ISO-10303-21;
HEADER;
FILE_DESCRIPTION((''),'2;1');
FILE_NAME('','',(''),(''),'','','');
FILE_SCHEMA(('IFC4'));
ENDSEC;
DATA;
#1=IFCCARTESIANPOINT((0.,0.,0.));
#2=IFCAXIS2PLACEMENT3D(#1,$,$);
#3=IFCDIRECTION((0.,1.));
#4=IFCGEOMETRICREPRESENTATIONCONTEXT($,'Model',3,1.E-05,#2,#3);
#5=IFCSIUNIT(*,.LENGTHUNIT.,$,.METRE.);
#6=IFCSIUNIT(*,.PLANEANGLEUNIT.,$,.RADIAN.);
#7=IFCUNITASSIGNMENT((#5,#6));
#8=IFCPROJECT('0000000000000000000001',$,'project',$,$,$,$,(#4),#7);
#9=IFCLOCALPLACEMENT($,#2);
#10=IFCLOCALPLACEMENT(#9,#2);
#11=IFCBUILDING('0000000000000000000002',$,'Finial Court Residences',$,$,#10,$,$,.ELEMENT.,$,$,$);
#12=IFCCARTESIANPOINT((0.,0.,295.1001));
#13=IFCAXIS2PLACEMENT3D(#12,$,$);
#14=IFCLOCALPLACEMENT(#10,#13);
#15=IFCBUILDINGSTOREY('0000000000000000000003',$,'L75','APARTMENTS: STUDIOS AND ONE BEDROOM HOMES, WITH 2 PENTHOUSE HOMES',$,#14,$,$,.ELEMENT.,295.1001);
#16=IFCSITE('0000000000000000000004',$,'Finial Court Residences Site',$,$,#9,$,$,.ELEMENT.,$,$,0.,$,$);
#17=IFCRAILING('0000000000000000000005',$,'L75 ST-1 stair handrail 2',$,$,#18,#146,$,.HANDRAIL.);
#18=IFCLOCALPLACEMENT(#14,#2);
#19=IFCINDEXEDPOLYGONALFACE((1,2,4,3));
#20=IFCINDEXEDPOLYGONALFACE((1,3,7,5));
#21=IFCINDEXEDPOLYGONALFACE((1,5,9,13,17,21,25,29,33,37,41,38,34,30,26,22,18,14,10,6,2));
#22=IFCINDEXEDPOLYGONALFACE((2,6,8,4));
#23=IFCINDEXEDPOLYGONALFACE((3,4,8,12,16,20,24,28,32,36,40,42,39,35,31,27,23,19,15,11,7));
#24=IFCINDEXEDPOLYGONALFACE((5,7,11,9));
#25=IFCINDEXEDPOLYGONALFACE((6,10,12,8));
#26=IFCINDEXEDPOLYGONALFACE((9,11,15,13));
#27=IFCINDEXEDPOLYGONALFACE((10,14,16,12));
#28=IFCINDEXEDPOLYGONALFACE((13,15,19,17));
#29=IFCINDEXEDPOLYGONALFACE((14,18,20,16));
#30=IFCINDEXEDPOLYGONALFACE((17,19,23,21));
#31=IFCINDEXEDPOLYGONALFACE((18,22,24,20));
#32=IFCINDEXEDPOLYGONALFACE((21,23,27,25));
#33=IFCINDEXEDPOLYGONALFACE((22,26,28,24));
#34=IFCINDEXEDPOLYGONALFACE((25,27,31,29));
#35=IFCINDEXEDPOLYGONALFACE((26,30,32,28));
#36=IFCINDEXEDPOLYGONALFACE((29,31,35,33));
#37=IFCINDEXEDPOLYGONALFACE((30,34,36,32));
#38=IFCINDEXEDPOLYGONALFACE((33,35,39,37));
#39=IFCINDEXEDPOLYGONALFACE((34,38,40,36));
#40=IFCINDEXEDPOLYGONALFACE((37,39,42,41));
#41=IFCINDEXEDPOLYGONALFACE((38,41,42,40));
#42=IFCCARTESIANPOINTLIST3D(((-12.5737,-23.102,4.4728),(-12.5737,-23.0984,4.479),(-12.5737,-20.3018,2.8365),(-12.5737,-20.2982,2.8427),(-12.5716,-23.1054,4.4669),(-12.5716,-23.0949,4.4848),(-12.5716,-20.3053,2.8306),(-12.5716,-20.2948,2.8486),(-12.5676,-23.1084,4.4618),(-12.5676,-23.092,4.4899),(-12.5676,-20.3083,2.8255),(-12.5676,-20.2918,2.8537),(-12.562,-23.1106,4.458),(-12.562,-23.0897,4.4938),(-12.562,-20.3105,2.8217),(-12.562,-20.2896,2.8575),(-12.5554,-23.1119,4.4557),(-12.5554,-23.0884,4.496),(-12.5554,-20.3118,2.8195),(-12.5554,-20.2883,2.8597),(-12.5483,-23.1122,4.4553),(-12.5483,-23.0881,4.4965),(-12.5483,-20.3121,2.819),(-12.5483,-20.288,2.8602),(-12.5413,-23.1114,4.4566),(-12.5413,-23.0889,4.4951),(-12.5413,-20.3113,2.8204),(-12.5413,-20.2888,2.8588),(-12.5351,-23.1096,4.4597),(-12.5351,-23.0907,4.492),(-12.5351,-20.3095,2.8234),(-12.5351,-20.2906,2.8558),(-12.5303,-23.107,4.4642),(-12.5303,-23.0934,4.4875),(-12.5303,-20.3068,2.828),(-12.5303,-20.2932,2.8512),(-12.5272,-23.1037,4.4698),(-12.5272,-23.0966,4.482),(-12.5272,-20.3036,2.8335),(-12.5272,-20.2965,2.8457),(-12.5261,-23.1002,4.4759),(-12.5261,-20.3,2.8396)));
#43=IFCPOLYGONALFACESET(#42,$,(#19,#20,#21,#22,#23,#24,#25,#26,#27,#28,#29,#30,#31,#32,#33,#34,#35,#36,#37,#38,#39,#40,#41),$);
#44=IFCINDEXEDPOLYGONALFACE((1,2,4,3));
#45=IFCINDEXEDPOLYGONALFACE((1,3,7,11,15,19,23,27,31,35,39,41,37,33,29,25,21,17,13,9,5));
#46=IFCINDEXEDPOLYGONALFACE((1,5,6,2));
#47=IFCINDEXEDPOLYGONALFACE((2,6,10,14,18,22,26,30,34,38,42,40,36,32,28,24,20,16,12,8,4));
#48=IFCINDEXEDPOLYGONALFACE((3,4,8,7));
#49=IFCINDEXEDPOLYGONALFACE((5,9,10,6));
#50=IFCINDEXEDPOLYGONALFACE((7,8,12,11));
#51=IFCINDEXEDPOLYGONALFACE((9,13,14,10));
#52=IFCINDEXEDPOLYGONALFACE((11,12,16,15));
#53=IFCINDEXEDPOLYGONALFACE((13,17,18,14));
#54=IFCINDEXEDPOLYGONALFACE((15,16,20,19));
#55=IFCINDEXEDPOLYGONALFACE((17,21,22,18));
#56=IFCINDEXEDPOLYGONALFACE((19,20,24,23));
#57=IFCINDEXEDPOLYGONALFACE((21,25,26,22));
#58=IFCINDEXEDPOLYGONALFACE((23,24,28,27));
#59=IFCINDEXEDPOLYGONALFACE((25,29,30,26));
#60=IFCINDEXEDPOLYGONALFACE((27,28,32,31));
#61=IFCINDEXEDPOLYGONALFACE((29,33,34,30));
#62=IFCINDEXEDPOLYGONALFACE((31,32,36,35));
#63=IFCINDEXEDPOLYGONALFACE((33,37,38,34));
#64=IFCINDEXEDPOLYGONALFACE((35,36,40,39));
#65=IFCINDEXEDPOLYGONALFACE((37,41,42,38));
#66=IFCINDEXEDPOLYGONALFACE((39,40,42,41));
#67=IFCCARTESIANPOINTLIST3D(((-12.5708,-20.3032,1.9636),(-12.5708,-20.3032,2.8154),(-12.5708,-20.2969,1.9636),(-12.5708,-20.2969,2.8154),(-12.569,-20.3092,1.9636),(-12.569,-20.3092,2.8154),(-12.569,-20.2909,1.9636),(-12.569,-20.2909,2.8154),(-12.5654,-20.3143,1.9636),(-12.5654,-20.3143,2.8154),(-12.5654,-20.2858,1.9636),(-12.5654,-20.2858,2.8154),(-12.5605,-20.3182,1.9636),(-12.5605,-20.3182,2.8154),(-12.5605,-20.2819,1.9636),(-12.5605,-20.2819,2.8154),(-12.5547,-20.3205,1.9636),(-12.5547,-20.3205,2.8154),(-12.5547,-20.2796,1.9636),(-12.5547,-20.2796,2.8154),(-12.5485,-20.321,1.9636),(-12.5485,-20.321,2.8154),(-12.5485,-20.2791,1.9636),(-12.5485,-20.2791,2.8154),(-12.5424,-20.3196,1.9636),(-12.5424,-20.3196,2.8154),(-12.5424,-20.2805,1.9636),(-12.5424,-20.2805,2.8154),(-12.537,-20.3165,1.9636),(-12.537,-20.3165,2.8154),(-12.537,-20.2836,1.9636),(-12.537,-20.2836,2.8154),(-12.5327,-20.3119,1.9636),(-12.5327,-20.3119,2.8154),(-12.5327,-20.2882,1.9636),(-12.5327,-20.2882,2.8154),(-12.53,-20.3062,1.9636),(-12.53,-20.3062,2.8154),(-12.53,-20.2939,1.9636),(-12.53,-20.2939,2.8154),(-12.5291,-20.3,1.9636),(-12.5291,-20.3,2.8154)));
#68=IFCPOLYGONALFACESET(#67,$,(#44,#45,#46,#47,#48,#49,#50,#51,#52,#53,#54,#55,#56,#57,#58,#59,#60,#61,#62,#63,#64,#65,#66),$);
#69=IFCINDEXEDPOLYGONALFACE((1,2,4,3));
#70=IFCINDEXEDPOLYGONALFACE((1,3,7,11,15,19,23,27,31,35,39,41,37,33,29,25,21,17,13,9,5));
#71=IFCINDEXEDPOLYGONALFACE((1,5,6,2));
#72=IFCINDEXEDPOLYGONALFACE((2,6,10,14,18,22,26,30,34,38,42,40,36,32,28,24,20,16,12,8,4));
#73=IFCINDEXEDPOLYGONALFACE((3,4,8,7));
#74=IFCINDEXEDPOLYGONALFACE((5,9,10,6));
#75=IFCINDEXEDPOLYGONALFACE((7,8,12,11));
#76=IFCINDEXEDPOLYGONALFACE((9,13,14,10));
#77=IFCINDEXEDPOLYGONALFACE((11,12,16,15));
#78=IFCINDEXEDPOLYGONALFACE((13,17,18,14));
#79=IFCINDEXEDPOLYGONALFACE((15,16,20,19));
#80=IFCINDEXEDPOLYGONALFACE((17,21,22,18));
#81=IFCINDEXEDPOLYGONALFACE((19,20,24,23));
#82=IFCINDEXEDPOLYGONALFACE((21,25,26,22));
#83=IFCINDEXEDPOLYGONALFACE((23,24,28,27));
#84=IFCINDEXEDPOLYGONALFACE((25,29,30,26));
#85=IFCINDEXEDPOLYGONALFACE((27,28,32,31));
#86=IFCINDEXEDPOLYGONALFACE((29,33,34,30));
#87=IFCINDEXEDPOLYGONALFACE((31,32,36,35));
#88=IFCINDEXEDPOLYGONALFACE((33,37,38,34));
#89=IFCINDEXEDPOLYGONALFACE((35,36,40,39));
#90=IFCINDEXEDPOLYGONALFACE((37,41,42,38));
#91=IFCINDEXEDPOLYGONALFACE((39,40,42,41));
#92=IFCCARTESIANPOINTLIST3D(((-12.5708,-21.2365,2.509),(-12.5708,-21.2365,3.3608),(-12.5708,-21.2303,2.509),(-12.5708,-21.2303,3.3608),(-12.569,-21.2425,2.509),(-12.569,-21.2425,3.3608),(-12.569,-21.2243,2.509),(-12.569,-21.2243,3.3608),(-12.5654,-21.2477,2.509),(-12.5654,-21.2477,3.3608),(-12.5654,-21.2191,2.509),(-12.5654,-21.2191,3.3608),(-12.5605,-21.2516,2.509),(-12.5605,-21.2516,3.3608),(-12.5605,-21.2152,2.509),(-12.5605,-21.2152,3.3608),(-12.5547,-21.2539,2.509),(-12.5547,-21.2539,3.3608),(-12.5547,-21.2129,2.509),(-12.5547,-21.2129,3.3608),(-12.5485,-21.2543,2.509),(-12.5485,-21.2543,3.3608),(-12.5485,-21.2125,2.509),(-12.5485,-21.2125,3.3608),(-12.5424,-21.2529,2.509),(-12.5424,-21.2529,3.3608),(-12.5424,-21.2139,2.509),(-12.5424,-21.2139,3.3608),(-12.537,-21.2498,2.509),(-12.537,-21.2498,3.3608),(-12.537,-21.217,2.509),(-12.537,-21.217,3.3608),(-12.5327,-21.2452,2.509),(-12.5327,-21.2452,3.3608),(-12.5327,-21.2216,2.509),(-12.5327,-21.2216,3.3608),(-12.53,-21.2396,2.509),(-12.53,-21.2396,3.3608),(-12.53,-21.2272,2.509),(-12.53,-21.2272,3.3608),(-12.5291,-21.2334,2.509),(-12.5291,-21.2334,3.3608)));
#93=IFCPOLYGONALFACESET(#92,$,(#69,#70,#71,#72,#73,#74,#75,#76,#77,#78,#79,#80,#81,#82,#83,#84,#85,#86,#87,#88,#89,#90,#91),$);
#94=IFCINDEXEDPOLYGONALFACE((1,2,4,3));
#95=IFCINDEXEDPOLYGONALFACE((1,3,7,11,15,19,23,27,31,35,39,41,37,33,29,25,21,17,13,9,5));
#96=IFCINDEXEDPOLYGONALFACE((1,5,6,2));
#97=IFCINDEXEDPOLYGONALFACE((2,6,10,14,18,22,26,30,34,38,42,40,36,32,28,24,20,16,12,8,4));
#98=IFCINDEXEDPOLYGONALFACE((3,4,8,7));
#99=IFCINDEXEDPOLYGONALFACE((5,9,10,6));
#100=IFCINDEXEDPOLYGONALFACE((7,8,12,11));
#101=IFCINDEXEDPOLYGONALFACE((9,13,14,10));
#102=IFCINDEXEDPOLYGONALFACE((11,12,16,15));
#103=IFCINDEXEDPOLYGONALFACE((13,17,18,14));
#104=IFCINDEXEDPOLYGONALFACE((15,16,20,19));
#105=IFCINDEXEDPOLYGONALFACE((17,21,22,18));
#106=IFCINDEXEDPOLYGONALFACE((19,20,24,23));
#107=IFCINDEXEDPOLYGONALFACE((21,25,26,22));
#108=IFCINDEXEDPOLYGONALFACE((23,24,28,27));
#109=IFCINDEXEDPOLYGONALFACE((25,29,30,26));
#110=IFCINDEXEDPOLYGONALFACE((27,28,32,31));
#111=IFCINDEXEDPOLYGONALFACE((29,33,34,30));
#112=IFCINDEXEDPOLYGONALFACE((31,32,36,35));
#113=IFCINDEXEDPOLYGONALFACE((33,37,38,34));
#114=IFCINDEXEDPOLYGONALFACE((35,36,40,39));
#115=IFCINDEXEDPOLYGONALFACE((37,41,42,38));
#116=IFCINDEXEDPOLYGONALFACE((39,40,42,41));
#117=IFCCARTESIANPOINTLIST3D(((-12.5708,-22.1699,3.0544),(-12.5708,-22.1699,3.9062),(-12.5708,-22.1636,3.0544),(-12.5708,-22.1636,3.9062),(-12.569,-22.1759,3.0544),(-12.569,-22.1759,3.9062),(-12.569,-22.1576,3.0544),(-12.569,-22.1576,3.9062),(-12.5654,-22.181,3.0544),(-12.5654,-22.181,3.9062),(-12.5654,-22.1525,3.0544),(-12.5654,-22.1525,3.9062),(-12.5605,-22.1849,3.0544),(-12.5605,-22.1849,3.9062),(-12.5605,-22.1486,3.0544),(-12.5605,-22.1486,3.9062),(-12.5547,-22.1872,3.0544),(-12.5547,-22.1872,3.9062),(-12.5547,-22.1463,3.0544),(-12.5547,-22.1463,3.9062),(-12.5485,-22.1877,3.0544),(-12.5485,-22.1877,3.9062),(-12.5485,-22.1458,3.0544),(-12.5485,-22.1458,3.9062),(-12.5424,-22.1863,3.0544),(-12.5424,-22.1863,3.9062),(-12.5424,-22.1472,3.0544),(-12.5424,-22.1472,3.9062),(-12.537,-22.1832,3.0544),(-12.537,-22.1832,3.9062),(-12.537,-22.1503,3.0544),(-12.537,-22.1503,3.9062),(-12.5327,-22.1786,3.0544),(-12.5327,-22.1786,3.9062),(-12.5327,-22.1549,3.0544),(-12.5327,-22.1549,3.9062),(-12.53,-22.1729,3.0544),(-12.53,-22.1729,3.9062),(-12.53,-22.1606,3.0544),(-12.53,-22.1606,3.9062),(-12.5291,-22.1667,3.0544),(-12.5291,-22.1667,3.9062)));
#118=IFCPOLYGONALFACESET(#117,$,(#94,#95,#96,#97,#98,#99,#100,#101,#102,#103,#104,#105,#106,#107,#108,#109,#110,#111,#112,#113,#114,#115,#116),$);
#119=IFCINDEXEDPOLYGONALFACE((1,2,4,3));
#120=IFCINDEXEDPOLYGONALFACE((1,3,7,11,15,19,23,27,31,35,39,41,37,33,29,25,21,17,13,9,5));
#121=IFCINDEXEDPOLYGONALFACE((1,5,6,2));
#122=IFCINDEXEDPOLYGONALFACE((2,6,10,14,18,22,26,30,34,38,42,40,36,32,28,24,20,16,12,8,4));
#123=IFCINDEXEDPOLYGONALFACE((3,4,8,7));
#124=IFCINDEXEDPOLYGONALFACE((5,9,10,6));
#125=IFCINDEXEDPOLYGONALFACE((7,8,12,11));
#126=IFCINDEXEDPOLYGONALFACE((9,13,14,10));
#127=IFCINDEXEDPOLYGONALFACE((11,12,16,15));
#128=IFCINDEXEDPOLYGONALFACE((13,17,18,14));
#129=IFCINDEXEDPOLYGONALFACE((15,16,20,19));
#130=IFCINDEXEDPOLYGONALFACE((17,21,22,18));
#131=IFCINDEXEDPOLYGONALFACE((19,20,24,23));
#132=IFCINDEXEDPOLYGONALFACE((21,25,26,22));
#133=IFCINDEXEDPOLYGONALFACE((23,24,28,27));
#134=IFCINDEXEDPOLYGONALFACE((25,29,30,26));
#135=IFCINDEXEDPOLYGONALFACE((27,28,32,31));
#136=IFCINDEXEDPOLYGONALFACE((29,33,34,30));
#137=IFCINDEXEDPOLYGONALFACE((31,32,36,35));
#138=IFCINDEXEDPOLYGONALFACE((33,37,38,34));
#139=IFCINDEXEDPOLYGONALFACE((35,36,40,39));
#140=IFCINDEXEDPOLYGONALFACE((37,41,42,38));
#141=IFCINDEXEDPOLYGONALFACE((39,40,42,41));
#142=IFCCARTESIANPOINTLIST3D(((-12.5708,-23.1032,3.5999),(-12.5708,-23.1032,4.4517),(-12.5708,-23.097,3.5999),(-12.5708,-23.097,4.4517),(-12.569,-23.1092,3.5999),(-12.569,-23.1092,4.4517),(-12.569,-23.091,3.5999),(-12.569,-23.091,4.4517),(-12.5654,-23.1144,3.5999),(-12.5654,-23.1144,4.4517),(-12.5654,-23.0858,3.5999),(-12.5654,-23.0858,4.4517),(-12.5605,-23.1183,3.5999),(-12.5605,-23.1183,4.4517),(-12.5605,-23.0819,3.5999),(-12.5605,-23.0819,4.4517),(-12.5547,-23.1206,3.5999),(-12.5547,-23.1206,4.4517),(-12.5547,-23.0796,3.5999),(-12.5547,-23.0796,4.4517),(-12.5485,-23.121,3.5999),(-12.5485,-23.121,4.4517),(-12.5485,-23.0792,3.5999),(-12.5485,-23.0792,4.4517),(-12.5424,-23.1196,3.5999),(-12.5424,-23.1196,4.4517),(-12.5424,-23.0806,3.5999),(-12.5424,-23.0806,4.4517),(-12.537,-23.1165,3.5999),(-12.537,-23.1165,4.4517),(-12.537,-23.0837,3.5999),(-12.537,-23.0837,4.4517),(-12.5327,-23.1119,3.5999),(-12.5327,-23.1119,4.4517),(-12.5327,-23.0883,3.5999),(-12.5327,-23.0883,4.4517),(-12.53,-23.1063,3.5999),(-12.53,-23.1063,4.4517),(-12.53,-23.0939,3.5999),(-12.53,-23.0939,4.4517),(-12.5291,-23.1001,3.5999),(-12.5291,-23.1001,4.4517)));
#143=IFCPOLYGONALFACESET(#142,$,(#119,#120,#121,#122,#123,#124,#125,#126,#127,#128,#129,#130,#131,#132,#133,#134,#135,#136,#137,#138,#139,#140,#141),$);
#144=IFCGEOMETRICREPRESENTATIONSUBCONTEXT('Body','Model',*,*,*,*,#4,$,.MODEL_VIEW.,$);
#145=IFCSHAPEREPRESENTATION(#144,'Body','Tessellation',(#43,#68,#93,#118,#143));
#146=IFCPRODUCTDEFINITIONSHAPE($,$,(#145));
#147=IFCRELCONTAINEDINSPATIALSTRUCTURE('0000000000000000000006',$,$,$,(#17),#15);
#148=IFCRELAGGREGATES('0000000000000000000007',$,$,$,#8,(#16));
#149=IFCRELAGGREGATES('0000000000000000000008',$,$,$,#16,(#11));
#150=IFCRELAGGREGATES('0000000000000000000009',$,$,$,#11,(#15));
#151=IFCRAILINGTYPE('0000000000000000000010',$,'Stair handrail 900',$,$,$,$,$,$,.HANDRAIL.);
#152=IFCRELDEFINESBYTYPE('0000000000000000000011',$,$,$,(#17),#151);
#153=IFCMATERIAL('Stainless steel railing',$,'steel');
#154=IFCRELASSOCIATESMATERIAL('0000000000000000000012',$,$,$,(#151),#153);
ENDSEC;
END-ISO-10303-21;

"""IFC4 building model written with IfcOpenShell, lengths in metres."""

from ifc_helpers import new_model, si_unit, direction, frame, origin, origin_2d, place, context, subcontext, project, spatial, circle, extrude, material, type_object, element, save


model = new_model("IFC4")

# Units and contexts
model_context = context("Model", 3, precision=1e-05, world=origin(), true_north=direction((0.0, 1.0)))
body_context = subcontext(model_context, "Body", "Model", "MODEL_VIEW")
ifc_project = project(units=[si_unit("LENGTHUNIT", "METRE"), si_unit("PLANEANGLEUNIT", "RADIAN")], contexts=[model_context])

# Site, building, storey
site_placement = place(None, origin())
site = spatial("IfcSite", under=ifc_project, at=site_placement, Name="Finial Court Residences Site", CompositionType="ELEMENT", RefElevation=0.0)
building_placement = place(site_placement, origin())
building = spatial("IfcBuilding", under=site, at=building_placement, Name="Finial Court Residences", CompositionType="ELEMENT")
storey_placement = place(building_placement, frame((0.0, 0.0, 295.1001)))
storey = spatial("IfcBuildingStorey", under=building, at=storey_placement, Name="L75", Description="APARTMENTS: STUDIOS AND ONE BEDROOM HOMES, WITH 2 PENTHOUSE HOMES", CompositionType="ELEMENT", Elevation=295.1001)

# Railing
ifc_material_1 = material(Name="Stainless steel railing", Category="steel")
railing_type_1 = type_object("IfcRailingType", Name="Stair handrail 900", PredefinedType="HANDRAIL", material=ifc_material_1)
railing_1_placement = place(storey_placement, frame((-12.55, -20.3, 1.9636)))
element("IfcRailing", 1, at=railing_1_placement, inside=storey, type_object=railing_type_1, Name="L75 ST-1 stair handrail 2", PredefinedType="HANDRAIL", context=body_context, shape_type="SweptSolid", body=[
    extrude(circle(Radius=0.0239, at=origin_2d()), frame((0.0, 0.0, 0.876), z_axis=(0.0, -0.863394, 0.504531), x_axis=(1.0, 0.0, 0.0)), (0.0, 0.0, 1.0), 3.2432),
    extrude(circle(Radius=0.021, at=origin_2d()), origin(), (0.0, 0.0, 1.0), 0.8518),
    extrude(circle(Radius=0.021, at=origin_2d()), frame((0.0, -0.9333, 0.5454)), (0.0, 0.0, 1.0), 0.8518),
    extrude(circle(Radius=0.021, at=origin_2d()), frame((0.0, -1.8667, 1.0908)), (0.0, 0.0, 1.0), 0.8518),
    extrude(circle(Radius=0.021, at=origin_2d()), frame((0.0, -2.8, 1.6362)), (0.0, 0.0, 1.0), 0.8518),
])

save(model, "model.ifc")
